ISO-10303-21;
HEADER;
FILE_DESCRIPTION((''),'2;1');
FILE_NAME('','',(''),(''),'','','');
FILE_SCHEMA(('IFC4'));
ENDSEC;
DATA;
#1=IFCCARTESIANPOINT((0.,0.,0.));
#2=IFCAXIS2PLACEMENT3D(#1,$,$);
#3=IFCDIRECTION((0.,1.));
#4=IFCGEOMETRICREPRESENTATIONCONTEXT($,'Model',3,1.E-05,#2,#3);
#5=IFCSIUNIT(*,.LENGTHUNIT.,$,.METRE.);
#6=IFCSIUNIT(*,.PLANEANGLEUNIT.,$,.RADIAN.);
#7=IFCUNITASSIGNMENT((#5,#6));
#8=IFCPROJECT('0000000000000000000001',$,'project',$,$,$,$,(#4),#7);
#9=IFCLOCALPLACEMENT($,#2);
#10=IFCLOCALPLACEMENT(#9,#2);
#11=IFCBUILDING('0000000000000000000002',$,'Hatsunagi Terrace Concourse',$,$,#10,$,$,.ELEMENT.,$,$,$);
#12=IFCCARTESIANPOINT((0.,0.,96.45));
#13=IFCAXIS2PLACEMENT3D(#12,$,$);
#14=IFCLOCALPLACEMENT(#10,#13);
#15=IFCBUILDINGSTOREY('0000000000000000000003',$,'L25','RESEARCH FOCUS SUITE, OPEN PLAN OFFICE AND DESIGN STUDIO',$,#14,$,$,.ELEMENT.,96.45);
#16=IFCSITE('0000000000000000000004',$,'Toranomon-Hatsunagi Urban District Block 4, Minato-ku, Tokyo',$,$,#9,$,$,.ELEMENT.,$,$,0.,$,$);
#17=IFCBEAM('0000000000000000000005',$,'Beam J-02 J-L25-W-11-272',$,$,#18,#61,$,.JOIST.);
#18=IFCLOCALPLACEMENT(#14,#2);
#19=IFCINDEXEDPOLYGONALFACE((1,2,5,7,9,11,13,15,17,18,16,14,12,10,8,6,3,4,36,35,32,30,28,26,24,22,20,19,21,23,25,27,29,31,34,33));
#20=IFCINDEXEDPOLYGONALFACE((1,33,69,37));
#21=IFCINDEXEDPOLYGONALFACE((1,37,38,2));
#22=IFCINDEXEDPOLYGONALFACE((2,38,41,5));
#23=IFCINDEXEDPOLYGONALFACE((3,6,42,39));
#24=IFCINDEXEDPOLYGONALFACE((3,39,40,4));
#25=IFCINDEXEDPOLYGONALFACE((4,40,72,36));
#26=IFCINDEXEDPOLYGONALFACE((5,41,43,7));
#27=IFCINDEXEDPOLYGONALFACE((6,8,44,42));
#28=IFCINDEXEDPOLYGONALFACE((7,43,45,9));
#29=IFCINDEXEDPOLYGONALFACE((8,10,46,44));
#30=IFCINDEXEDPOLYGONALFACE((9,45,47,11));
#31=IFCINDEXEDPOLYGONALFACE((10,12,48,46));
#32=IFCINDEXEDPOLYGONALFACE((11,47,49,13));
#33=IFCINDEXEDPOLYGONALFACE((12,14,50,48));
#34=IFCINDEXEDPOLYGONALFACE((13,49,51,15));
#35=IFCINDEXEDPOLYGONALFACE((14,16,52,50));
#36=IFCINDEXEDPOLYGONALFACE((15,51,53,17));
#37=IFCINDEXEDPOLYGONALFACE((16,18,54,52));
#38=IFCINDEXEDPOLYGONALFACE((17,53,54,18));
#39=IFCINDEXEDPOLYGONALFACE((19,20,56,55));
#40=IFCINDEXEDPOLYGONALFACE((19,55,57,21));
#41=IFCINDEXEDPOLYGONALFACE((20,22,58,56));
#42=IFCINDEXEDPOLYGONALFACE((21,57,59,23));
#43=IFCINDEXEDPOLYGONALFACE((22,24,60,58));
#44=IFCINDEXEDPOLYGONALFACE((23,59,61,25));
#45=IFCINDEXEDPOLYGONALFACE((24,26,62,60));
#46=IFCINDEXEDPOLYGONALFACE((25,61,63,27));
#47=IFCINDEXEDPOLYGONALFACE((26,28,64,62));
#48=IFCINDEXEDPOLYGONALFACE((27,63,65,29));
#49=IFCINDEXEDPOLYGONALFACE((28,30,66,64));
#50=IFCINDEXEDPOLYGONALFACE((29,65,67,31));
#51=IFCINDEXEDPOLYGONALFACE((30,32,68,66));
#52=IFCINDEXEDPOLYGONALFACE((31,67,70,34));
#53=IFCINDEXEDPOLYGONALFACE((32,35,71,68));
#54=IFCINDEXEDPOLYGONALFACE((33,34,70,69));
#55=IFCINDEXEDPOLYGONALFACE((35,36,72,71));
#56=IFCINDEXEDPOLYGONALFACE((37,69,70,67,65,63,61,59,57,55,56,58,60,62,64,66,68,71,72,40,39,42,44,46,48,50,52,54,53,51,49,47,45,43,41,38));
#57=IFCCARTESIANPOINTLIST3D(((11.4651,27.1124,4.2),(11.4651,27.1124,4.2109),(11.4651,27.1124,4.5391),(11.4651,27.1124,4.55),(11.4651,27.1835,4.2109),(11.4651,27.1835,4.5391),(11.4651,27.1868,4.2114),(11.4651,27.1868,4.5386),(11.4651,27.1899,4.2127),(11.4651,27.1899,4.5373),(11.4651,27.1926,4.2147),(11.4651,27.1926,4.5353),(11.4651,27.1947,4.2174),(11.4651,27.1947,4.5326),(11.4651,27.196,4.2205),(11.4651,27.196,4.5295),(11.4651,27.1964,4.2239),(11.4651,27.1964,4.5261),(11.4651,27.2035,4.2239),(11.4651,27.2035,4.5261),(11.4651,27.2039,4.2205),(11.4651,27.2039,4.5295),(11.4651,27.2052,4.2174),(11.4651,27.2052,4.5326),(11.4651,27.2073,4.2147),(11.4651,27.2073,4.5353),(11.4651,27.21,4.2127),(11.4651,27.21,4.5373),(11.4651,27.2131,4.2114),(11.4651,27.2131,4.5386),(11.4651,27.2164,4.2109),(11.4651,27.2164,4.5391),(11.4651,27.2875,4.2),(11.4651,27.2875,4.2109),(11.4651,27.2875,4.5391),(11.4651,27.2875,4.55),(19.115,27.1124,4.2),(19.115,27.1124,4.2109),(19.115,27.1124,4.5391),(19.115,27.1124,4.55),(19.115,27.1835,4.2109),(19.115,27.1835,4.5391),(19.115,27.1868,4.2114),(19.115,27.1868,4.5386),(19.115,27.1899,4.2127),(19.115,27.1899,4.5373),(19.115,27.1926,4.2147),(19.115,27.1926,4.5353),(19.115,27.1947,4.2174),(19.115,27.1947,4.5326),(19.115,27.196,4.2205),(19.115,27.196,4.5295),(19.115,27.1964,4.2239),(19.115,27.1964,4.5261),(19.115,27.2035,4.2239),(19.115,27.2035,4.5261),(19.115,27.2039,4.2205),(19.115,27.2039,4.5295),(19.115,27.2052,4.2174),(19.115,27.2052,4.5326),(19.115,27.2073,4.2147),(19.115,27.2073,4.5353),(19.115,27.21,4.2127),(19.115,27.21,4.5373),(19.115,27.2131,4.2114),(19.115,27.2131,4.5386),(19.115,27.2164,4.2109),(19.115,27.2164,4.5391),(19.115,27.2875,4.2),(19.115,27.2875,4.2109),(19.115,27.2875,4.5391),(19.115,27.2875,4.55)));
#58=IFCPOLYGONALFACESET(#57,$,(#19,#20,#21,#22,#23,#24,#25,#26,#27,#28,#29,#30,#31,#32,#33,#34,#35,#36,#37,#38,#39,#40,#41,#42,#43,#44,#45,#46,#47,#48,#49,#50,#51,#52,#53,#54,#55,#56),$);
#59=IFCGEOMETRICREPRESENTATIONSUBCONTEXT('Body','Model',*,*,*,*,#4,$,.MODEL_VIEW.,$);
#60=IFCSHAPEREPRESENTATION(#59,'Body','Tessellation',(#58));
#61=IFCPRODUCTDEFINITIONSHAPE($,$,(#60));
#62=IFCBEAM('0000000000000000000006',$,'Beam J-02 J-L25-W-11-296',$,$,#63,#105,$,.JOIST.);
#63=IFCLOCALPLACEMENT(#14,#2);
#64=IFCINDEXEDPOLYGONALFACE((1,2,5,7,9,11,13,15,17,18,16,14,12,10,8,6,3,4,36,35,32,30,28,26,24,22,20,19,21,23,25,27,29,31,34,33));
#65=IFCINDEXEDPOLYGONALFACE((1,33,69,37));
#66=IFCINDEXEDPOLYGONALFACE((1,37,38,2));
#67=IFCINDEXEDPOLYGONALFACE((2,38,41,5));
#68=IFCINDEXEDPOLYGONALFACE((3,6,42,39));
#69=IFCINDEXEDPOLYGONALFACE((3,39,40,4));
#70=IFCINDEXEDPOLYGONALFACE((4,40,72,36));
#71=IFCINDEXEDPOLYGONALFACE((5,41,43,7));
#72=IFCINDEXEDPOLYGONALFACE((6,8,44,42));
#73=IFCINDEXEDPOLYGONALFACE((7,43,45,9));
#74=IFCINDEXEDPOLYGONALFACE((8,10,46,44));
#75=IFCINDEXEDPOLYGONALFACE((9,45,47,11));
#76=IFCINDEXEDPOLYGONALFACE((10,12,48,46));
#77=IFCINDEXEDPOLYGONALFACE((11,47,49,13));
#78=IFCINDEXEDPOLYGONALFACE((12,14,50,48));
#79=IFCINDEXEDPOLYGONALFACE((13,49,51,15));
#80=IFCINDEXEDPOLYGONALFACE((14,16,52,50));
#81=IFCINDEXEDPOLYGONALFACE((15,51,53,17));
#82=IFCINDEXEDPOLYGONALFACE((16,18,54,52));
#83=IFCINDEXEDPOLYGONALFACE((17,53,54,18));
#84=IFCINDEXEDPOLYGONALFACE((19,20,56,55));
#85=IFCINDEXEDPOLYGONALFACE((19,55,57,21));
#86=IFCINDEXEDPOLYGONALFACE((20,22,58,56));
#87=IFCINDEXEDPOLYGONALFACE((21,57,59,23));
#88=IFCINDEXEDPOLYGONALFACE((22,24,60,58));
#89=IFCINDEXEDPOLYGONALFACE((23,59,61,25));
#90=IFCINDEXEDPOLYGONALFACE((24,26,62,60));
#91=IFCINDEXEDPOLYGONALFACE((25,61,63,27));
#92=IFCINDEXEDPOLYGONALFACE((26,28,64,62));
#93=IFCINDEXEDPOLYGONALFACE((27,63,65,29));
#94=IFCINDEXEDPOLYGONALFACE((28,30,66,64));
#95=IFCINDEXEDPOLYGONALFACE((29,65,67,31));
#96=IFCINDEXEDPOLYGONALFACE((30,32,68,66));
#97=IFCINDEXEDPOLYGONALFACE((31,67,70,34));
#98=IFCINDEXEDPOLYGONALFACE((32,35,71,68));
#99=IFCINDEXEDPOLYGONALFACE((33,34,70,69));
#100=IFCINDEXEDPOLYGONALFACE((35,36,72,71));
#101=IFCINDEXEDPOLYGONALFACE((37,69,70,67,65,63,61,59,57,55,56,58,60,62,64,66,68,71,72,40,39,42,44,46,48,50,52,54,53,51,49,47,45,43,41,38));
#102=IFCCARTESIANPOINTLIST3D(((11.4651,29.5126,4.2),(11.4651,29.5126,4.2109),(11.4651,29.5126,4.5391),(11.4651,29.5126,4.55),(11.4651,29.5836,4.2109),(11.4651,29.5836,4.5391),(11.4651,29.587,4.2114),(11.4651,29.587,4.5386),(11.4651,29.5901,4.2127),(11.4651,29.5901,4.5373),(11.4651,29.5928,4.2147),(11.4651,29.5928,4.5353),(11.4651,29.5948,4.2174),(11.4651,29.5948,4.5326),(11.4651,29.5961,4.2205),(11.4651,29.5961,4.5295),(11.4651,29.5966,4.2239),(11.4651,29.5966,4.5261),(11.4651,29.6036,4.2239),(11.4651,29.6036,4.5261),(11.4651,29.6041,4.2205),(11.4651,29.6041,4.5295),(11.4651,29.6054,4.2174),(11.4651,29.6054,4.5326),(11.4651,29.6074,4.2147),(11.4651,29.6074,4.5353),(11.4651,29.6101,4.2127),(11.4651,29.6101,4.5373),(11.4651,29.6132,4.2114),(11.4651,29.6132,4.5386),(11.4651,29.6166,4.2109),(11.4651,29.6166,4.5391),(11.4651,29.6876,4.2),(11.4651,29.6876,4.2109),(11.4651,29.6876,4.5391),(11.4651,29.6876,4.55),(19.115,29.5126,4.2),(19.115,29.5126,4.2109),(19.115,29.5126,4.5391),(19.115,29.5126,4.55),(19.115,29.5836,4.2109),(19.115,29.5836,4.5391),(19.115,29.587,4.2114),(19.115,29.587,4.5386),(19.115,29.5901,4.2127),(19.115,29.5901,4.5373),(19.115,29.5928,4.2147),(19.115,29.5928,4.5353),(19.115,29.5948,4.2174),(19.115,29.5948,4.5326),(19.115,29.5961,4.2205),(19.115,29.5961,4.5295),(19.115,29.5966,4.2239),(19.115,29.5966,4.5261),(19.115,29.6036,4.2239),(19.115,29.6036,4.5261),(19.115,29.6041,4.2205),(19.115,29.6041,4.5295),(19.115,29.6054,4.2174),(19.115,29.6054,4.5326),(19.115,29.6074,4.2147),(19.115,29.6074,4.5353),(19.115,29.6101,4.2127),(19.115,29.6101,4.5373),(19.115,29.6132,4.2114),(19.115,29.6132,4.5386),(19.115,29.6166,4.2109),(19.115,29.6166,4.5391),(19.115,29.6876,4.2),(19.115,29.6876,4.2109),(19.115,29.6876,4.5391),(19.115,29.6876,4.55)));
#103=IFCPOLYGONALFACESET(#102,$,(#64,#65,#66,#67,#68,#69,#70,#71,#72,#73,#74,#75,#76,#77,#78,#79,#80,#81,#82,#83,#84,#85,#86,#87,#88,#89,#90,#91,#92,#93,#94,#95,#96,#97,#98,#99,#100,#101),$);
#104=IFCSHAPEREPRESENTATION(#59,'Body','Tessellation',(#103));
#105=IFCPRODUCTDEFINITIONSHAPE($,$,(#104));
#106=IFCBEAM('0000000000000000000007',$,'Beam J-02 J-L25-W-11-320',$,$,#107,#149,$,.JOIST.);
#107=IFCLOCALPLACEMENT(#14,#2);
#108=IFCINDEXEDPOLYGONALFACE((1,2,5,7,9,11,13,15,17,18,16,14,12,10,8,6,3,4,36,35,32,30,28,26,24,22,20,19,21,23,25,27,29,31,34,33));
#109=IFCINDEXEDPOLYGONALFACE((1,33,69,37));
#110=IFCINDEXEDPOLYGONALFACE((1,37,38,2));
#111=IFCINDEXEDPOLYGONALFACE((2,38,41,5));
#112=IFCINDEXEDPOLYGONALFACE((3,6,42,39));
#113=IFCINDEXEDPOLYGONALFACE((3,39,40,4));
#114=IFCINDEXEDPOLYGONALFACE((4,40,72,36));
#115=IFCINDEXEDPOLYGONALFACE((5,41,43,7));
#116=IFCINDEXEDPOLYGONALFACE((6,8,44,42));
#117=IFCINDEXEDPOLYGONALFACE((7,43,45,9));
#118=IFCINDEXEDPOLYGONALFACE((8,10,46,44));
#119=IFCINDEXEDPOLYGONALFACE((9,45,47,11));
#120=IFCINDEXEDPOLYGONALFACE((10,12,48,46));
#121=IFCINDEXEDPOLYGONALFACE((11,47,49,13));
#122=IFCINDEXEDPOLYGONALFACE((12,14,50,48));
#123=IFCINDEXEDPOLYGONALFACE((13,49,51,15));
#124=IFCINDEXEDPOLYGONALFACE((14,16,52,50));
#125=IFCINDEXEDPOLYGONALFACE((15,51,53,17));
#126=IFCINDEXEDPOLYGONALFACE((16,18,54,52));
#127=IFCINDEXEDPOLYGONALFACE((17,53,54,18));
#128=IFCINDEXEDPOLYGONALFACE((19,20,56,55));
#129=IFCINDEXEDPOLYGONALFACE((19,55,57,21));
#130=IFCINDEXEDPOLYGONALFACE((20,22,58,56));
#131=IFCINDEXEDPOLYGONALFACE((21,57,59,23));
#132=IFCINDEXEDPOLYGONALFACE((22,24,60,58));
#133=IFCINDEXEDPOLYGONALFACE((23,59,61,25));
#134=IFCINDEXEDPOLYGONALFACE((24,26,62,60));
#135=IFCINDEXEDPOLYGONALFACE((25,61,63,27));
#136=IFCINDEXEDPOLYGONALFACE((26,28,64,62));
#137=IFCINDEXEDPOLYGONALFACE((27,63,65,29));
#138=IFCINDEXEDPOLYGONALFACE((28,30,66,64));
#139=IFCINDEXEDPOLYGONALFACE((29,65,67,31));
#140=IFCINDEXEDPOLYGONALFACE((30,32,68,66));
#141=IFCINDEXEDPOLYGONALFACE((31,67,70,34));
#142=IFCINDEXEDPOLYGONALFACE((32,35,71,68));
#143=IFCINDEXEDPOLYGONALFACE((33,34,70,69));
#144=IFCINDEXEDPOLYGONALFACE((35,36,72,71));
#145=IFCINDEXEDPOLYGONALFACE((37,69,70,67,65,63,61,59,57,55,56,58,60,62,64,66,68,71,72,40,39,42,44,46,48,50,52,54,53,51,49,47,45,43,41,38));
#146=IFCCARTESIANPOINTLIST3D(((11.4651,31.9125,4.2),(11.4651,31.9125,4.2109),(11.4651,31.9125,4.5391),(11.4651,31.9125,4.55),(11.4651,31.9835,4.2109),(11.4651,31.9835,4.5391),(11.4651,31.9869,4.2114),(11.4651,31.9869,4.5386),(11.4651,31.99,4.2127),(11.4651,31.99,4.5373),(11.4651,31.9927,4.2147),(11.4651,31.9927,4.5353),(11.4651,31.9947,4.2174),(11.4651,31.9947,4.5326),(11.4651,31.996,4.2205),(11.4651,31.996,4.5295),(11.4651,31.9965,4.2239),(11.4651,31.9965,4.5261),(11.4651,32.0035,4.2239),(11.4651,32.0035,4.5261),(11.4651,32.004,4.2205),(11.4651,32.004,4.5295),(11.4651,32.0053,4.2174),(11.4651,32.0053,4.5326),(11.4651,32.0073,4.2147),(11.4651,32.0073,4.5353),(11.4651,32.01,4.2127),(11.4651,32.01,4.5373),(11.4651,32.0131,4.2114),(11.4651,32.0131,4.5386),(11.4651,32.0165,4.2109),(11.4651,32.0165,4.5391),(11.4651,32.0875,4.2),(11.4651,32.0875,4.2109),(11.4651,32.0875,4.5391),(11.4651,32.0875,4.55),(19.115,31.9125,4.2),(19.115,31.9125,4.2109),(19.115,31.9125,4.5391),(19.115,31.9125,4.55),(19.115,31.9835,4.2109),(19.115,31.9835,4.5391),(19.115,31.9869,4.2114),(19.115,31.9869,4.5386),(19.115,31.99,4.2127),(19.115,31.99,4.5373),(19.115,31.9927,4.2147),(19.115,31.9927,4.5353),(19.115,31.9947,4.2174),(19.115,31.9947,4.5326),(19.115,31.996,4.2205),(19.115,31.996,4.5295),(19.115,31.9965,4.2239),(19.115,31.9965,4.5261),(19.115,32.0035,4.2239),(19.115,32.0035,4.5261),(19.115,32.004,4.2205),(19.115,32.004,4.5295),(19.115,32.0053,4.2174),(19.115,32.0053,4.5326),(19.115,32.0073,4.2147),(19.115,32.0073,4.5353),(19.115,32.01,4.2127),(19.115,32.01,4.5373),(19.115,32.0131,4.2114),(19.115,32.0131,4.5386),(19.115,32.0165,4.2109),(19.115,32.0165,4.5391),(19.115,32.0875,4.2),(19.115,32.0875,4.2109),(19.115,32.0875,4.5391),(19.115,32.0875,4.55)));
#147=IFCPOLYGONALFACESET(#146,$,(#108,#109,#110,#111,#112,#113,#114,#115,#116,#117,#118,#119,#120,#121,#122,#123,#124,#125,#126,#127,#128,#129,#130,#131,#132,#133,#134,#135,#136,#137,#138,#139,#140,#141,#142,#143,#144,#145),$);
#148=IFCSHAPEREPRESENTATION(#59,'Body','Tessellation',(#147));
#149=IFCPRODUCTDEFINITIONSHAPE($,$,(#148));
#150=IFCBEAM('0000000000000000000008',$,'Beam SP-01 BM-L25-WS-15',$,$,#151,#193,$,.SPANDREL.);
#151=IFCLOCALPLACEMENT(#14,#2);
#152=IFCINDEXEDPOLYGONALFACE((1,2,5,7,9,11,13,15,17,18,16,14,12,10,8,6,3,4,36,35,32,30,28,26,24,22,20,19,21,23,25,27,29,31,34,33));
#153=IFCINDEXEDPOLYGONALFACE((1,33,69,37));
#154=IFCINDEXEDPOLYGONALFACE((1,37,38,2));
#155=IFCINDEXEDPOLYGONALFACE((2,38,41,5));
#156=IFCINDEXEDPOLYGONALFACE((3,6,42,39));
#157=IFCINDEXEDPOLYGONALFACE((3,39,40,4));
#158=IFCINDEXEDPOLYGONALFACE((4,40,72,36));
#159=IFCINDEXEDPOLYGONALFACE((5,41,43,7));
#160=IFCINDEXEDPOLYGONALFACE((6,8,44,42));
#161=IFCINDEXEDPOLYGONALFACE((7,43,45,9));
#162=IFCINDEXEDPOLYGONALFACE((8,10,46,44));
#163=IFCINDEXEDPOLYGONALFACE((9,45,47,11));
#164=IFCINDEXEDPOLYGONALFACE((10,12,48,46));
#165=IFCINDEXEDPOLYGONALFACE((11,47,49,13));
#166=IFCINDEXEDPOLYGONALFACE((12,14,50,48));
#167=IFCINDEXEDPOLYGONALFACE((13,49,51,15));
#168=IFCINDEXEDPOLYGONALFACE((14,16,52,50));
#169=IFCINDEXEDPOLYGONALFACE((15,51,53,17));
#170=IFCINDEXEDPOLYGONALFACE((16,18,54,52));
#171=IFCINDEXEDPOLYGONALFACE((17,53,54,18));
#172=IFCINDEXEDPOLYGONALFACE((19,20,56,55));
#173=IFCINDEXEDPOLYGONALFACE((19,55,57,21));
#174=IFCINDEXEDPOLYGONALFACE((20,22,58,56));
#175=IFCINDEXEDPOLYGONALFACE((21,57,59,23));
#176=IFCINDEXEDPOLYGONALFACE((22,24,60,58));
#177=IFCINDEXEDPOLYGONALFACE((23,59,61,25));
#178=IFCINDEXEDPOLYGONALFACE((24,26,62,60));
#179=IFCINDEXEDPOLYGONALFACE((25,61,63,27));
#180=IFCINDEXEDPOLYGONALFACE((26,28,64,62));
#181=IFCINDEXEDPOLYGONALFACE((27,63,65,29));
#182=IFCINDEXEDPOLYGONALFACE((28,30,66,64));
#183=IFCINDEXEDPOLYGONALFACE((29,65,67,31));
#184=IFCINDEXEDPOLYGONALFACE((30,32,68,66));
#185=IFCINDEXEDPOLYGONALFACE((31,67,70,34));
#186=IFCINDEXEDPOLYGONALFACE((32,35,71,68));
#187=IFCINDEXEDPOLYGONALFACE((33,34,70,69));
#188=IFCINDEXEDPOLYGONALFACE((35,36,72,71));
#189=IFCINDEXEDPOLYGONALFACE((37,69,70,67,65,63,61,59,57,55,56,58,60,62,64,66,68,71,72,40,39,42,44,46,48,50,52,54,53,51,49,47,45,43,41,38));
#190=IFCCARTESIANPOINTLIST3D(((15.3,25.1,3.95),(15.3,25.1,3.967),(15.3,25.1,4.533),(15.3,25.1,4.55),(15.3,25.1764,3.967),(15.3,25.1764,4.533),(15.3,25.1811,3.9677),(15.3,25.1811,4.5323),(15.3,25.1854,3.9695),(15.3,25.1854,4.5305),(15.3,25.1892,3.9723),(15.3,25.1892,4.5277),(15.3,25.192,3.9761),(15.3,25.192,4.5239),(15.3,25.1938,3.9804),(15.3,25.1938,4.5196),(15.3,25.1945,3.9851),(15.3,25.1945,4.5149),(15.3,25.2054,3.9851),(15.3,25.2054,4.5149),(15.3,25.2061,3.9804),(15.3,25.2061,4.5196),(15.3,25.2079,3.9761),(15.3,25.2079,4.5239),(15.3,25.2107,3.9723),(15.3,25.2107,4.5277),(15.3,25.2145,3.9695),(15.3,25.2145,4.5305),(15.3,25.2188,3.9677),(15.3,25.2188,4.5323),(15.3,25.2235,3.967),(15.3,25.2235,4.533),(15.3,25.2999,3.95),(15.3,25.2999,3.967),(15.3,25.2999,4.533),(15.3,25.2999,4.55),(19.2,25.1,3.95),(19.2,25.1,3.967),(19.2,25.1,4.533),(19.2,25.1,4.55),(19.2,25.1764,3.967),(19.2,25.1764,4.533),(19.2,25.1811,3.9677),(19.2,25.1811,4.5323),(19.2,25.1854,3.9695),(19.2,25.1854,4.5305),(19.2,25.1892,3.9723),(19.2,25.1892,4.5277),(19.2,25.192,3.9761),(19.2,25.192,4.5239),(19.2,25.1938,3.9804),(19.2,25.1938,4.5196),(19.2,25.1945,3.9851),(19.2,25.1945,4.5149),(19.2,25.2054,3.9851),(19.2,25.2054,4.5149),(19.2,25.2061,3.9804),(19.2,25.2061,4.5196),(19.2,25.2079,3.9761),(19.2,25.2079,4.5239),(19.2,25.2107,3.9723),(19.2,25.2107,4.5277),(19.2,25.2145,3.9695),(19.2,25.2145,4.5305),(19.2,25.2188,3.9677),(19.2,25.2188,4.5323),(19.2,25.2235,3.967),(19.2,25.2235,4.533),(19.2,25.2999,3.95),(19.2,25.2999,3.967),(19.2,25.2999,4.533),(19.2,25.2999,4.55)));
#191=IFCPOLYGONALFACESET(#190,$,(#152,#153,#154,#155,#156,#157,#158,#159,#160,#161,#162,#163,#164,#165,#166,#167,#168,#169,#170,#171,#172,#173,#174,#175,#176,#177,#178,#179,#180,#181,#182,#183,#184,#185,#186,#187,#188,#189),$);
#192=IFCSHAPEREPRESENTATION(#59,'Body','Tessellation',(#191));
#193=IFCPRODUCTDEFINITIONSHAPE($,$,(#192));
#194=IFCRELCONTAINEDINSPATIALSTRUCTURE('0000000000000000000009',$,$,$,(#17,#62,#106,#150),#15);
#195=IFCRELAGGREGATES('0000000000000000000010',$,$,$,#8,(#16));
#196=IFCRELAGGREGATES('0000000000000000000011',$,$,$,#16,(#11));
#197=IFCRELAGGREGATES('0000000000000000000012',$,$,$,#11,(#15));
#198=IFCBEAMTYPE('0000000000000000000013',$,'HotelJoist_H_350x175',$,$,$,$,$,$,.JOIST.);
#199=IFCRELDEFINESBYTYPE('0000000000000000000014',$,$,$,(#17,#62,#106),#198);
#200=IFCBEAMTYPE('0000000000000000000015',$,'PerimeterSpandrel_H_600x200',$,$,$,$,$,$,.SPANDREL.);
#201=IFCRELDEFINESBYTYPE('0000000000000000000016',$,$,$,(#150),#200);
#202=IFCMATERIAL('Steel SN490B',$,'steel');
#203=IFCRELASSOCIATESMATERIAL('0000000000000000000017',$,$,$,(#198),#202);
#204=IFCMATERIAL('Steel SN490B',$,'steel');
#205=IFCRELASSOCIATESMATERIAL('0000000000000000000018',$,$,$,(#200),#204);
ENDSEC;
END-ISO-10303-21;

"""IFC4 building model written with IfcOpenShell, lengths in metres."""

from ifc_helpers import new_model, si_unit, direction, frame, origin, origin_2d, place, context, subcontext, project, spatial, i_section, extrude, material, material_profile, profile_set, type_object, element, save


model = new_model("IFC4")

# Units and contexts
model_context = context("Model", 3, precision=1e-05, world=origin(), true_north=direction((0.0, 1.0)))
body_context = subcontext(model_context, "Body", "Model", "MODEL_VIEW")
ifc_project = project(units=[si_unit("LENGTHUNIT", "METRE"), si_unit("PLANEANGLEUNIT", "RADIAN")], contexts=[model_context])

# Site, building, storey
site_placement = place(None, origin())
site = spatial("IfcSite", under=ifc_project, at=site_placement, Name="Toranomon-Hatsunagi Urban District Block 4, Minato-ku, Tokyo", CompositionType="ELEMENT", RefElevation=0.0)
building_placement = place(site_placement, origin())
building = spatial("IfcBuilding", under=site, at=building_placement, Name="Hatsunagi Terrace Concourse", CompositionType="ELEMENT")
storey_placement = place(building_placement, frame((0.0, 0.0, 96.45)))
storey = spatial("IfcBuildingStorey", under=building, at=storey_placement, Name="L25", Description="RESEARCH FOCUS SUITE, OPEN PLAN OFFICE AND DESIGN STUDIO", CompositionType="ELEMENT", Elevation=96.45)

# Beams
ifc_material_1 = material(Name="Steel SN490B", Category="steel")
ifc_material_profile_1 = material_profile(ifc_material_1, i_section(OverallWidth=0.175, OverallDepth=0.3501, WebThickness=0.0071, FlangeThickness=0.011, FilletRadius=0.0129, at=origin_2d()), Name="H-350x175x7x11")
ifc_profile_set_1 = profile_set([ifc_material_profile_1], Name="Steel SN490B")
beam_type_1 = type_object("IfcBeamType", Name="HotelJoist_H_350x175", PredefinedType="JOIST", material=ifc_profile_set_1)
for number, where, z_axis, x_axis, name in (
    (1, (11.4651, 27.2, 4.375), (1.0, 0.0, 0.0), (0.0, 1.0, 0.0), "Beam J-02 J-L25-W-11-272"),
    (2, (11.4651, 29.6001, 4.375), (1.0, 0.0, 0.0), (0.0, 1.0, 0.0), "Beam J-02 J-L25-W-11-296"),
    (3, (11.4651, 32.0, 4.375), (1.0, 0.0, 0.0), (0.0, 1.0, 0.0), "Beam J-02 J-L25-W-11-320"),
):
    element("IfcBeam", number, at=place(storey_placement, frame(where, z_axis=z_axis, x_axis=x_axis)), inside=storey, type_object=beam_type_1, Name=name, PredefinedType="JOIST", context=body_context, shape_type="SweptSolid", body=[
        extrude(i_section(OverallWidth=0.175, OverallDepth=0.3501, WebThickness=0.0071, FlangeThickness=0.011, FilletRadius=0.0129, at=origin_2d()), origin(), (0.0, 0.0, 1.0), 7.6499),
    ])
ifc_material_2 = material(Name="Steel SN490B", Category="steel")
ifc_material_profile_2 = material_profile(ifc_material_2, i_section(OverallWidth=0.2, OverallDepth=0.6001, WebThickness=0.011, FlangeThickness=0.0171, FilletRadius=0.0181, at=origin_2d()), Name="H-600x200x11x17")
ifc_profile_set_2 = profile_set([ifc_material_profile_2], Name="Steel SN490B")
beam_type_2 = type_object("IfcBeamType", Name="PerimeterSpandrel_H_600x200", PredefinedType="SPANDREL", material=ifc_profile_set_2)
beam_1_placement = place(storey_placement, frame((15.3, 25.2, 4.25), z_axis=(1.0, 0.0, 0.0), x_axis=(0.0, 1.0, 0.0)))
element("IfcBeam", 4, at=beam_1_placement, inside=storey, type_object=beam_type_2, Name="Beam SP-01 BM-L25-WS-15", PredefinedType="SPANDREL", context=body_context, shape_type="SweptSolid", body=[
    extrude(i_section(OverallWidth=0.2, OverallDepth=0.6001, WebThickness=0.011, FlangeThickness=0.0171, FilletRadius=0.0181, at=origin_2d()), origin(), (0.0, 0.0, 1.0), 3.8999),
])

save(model, "model.ifc")
